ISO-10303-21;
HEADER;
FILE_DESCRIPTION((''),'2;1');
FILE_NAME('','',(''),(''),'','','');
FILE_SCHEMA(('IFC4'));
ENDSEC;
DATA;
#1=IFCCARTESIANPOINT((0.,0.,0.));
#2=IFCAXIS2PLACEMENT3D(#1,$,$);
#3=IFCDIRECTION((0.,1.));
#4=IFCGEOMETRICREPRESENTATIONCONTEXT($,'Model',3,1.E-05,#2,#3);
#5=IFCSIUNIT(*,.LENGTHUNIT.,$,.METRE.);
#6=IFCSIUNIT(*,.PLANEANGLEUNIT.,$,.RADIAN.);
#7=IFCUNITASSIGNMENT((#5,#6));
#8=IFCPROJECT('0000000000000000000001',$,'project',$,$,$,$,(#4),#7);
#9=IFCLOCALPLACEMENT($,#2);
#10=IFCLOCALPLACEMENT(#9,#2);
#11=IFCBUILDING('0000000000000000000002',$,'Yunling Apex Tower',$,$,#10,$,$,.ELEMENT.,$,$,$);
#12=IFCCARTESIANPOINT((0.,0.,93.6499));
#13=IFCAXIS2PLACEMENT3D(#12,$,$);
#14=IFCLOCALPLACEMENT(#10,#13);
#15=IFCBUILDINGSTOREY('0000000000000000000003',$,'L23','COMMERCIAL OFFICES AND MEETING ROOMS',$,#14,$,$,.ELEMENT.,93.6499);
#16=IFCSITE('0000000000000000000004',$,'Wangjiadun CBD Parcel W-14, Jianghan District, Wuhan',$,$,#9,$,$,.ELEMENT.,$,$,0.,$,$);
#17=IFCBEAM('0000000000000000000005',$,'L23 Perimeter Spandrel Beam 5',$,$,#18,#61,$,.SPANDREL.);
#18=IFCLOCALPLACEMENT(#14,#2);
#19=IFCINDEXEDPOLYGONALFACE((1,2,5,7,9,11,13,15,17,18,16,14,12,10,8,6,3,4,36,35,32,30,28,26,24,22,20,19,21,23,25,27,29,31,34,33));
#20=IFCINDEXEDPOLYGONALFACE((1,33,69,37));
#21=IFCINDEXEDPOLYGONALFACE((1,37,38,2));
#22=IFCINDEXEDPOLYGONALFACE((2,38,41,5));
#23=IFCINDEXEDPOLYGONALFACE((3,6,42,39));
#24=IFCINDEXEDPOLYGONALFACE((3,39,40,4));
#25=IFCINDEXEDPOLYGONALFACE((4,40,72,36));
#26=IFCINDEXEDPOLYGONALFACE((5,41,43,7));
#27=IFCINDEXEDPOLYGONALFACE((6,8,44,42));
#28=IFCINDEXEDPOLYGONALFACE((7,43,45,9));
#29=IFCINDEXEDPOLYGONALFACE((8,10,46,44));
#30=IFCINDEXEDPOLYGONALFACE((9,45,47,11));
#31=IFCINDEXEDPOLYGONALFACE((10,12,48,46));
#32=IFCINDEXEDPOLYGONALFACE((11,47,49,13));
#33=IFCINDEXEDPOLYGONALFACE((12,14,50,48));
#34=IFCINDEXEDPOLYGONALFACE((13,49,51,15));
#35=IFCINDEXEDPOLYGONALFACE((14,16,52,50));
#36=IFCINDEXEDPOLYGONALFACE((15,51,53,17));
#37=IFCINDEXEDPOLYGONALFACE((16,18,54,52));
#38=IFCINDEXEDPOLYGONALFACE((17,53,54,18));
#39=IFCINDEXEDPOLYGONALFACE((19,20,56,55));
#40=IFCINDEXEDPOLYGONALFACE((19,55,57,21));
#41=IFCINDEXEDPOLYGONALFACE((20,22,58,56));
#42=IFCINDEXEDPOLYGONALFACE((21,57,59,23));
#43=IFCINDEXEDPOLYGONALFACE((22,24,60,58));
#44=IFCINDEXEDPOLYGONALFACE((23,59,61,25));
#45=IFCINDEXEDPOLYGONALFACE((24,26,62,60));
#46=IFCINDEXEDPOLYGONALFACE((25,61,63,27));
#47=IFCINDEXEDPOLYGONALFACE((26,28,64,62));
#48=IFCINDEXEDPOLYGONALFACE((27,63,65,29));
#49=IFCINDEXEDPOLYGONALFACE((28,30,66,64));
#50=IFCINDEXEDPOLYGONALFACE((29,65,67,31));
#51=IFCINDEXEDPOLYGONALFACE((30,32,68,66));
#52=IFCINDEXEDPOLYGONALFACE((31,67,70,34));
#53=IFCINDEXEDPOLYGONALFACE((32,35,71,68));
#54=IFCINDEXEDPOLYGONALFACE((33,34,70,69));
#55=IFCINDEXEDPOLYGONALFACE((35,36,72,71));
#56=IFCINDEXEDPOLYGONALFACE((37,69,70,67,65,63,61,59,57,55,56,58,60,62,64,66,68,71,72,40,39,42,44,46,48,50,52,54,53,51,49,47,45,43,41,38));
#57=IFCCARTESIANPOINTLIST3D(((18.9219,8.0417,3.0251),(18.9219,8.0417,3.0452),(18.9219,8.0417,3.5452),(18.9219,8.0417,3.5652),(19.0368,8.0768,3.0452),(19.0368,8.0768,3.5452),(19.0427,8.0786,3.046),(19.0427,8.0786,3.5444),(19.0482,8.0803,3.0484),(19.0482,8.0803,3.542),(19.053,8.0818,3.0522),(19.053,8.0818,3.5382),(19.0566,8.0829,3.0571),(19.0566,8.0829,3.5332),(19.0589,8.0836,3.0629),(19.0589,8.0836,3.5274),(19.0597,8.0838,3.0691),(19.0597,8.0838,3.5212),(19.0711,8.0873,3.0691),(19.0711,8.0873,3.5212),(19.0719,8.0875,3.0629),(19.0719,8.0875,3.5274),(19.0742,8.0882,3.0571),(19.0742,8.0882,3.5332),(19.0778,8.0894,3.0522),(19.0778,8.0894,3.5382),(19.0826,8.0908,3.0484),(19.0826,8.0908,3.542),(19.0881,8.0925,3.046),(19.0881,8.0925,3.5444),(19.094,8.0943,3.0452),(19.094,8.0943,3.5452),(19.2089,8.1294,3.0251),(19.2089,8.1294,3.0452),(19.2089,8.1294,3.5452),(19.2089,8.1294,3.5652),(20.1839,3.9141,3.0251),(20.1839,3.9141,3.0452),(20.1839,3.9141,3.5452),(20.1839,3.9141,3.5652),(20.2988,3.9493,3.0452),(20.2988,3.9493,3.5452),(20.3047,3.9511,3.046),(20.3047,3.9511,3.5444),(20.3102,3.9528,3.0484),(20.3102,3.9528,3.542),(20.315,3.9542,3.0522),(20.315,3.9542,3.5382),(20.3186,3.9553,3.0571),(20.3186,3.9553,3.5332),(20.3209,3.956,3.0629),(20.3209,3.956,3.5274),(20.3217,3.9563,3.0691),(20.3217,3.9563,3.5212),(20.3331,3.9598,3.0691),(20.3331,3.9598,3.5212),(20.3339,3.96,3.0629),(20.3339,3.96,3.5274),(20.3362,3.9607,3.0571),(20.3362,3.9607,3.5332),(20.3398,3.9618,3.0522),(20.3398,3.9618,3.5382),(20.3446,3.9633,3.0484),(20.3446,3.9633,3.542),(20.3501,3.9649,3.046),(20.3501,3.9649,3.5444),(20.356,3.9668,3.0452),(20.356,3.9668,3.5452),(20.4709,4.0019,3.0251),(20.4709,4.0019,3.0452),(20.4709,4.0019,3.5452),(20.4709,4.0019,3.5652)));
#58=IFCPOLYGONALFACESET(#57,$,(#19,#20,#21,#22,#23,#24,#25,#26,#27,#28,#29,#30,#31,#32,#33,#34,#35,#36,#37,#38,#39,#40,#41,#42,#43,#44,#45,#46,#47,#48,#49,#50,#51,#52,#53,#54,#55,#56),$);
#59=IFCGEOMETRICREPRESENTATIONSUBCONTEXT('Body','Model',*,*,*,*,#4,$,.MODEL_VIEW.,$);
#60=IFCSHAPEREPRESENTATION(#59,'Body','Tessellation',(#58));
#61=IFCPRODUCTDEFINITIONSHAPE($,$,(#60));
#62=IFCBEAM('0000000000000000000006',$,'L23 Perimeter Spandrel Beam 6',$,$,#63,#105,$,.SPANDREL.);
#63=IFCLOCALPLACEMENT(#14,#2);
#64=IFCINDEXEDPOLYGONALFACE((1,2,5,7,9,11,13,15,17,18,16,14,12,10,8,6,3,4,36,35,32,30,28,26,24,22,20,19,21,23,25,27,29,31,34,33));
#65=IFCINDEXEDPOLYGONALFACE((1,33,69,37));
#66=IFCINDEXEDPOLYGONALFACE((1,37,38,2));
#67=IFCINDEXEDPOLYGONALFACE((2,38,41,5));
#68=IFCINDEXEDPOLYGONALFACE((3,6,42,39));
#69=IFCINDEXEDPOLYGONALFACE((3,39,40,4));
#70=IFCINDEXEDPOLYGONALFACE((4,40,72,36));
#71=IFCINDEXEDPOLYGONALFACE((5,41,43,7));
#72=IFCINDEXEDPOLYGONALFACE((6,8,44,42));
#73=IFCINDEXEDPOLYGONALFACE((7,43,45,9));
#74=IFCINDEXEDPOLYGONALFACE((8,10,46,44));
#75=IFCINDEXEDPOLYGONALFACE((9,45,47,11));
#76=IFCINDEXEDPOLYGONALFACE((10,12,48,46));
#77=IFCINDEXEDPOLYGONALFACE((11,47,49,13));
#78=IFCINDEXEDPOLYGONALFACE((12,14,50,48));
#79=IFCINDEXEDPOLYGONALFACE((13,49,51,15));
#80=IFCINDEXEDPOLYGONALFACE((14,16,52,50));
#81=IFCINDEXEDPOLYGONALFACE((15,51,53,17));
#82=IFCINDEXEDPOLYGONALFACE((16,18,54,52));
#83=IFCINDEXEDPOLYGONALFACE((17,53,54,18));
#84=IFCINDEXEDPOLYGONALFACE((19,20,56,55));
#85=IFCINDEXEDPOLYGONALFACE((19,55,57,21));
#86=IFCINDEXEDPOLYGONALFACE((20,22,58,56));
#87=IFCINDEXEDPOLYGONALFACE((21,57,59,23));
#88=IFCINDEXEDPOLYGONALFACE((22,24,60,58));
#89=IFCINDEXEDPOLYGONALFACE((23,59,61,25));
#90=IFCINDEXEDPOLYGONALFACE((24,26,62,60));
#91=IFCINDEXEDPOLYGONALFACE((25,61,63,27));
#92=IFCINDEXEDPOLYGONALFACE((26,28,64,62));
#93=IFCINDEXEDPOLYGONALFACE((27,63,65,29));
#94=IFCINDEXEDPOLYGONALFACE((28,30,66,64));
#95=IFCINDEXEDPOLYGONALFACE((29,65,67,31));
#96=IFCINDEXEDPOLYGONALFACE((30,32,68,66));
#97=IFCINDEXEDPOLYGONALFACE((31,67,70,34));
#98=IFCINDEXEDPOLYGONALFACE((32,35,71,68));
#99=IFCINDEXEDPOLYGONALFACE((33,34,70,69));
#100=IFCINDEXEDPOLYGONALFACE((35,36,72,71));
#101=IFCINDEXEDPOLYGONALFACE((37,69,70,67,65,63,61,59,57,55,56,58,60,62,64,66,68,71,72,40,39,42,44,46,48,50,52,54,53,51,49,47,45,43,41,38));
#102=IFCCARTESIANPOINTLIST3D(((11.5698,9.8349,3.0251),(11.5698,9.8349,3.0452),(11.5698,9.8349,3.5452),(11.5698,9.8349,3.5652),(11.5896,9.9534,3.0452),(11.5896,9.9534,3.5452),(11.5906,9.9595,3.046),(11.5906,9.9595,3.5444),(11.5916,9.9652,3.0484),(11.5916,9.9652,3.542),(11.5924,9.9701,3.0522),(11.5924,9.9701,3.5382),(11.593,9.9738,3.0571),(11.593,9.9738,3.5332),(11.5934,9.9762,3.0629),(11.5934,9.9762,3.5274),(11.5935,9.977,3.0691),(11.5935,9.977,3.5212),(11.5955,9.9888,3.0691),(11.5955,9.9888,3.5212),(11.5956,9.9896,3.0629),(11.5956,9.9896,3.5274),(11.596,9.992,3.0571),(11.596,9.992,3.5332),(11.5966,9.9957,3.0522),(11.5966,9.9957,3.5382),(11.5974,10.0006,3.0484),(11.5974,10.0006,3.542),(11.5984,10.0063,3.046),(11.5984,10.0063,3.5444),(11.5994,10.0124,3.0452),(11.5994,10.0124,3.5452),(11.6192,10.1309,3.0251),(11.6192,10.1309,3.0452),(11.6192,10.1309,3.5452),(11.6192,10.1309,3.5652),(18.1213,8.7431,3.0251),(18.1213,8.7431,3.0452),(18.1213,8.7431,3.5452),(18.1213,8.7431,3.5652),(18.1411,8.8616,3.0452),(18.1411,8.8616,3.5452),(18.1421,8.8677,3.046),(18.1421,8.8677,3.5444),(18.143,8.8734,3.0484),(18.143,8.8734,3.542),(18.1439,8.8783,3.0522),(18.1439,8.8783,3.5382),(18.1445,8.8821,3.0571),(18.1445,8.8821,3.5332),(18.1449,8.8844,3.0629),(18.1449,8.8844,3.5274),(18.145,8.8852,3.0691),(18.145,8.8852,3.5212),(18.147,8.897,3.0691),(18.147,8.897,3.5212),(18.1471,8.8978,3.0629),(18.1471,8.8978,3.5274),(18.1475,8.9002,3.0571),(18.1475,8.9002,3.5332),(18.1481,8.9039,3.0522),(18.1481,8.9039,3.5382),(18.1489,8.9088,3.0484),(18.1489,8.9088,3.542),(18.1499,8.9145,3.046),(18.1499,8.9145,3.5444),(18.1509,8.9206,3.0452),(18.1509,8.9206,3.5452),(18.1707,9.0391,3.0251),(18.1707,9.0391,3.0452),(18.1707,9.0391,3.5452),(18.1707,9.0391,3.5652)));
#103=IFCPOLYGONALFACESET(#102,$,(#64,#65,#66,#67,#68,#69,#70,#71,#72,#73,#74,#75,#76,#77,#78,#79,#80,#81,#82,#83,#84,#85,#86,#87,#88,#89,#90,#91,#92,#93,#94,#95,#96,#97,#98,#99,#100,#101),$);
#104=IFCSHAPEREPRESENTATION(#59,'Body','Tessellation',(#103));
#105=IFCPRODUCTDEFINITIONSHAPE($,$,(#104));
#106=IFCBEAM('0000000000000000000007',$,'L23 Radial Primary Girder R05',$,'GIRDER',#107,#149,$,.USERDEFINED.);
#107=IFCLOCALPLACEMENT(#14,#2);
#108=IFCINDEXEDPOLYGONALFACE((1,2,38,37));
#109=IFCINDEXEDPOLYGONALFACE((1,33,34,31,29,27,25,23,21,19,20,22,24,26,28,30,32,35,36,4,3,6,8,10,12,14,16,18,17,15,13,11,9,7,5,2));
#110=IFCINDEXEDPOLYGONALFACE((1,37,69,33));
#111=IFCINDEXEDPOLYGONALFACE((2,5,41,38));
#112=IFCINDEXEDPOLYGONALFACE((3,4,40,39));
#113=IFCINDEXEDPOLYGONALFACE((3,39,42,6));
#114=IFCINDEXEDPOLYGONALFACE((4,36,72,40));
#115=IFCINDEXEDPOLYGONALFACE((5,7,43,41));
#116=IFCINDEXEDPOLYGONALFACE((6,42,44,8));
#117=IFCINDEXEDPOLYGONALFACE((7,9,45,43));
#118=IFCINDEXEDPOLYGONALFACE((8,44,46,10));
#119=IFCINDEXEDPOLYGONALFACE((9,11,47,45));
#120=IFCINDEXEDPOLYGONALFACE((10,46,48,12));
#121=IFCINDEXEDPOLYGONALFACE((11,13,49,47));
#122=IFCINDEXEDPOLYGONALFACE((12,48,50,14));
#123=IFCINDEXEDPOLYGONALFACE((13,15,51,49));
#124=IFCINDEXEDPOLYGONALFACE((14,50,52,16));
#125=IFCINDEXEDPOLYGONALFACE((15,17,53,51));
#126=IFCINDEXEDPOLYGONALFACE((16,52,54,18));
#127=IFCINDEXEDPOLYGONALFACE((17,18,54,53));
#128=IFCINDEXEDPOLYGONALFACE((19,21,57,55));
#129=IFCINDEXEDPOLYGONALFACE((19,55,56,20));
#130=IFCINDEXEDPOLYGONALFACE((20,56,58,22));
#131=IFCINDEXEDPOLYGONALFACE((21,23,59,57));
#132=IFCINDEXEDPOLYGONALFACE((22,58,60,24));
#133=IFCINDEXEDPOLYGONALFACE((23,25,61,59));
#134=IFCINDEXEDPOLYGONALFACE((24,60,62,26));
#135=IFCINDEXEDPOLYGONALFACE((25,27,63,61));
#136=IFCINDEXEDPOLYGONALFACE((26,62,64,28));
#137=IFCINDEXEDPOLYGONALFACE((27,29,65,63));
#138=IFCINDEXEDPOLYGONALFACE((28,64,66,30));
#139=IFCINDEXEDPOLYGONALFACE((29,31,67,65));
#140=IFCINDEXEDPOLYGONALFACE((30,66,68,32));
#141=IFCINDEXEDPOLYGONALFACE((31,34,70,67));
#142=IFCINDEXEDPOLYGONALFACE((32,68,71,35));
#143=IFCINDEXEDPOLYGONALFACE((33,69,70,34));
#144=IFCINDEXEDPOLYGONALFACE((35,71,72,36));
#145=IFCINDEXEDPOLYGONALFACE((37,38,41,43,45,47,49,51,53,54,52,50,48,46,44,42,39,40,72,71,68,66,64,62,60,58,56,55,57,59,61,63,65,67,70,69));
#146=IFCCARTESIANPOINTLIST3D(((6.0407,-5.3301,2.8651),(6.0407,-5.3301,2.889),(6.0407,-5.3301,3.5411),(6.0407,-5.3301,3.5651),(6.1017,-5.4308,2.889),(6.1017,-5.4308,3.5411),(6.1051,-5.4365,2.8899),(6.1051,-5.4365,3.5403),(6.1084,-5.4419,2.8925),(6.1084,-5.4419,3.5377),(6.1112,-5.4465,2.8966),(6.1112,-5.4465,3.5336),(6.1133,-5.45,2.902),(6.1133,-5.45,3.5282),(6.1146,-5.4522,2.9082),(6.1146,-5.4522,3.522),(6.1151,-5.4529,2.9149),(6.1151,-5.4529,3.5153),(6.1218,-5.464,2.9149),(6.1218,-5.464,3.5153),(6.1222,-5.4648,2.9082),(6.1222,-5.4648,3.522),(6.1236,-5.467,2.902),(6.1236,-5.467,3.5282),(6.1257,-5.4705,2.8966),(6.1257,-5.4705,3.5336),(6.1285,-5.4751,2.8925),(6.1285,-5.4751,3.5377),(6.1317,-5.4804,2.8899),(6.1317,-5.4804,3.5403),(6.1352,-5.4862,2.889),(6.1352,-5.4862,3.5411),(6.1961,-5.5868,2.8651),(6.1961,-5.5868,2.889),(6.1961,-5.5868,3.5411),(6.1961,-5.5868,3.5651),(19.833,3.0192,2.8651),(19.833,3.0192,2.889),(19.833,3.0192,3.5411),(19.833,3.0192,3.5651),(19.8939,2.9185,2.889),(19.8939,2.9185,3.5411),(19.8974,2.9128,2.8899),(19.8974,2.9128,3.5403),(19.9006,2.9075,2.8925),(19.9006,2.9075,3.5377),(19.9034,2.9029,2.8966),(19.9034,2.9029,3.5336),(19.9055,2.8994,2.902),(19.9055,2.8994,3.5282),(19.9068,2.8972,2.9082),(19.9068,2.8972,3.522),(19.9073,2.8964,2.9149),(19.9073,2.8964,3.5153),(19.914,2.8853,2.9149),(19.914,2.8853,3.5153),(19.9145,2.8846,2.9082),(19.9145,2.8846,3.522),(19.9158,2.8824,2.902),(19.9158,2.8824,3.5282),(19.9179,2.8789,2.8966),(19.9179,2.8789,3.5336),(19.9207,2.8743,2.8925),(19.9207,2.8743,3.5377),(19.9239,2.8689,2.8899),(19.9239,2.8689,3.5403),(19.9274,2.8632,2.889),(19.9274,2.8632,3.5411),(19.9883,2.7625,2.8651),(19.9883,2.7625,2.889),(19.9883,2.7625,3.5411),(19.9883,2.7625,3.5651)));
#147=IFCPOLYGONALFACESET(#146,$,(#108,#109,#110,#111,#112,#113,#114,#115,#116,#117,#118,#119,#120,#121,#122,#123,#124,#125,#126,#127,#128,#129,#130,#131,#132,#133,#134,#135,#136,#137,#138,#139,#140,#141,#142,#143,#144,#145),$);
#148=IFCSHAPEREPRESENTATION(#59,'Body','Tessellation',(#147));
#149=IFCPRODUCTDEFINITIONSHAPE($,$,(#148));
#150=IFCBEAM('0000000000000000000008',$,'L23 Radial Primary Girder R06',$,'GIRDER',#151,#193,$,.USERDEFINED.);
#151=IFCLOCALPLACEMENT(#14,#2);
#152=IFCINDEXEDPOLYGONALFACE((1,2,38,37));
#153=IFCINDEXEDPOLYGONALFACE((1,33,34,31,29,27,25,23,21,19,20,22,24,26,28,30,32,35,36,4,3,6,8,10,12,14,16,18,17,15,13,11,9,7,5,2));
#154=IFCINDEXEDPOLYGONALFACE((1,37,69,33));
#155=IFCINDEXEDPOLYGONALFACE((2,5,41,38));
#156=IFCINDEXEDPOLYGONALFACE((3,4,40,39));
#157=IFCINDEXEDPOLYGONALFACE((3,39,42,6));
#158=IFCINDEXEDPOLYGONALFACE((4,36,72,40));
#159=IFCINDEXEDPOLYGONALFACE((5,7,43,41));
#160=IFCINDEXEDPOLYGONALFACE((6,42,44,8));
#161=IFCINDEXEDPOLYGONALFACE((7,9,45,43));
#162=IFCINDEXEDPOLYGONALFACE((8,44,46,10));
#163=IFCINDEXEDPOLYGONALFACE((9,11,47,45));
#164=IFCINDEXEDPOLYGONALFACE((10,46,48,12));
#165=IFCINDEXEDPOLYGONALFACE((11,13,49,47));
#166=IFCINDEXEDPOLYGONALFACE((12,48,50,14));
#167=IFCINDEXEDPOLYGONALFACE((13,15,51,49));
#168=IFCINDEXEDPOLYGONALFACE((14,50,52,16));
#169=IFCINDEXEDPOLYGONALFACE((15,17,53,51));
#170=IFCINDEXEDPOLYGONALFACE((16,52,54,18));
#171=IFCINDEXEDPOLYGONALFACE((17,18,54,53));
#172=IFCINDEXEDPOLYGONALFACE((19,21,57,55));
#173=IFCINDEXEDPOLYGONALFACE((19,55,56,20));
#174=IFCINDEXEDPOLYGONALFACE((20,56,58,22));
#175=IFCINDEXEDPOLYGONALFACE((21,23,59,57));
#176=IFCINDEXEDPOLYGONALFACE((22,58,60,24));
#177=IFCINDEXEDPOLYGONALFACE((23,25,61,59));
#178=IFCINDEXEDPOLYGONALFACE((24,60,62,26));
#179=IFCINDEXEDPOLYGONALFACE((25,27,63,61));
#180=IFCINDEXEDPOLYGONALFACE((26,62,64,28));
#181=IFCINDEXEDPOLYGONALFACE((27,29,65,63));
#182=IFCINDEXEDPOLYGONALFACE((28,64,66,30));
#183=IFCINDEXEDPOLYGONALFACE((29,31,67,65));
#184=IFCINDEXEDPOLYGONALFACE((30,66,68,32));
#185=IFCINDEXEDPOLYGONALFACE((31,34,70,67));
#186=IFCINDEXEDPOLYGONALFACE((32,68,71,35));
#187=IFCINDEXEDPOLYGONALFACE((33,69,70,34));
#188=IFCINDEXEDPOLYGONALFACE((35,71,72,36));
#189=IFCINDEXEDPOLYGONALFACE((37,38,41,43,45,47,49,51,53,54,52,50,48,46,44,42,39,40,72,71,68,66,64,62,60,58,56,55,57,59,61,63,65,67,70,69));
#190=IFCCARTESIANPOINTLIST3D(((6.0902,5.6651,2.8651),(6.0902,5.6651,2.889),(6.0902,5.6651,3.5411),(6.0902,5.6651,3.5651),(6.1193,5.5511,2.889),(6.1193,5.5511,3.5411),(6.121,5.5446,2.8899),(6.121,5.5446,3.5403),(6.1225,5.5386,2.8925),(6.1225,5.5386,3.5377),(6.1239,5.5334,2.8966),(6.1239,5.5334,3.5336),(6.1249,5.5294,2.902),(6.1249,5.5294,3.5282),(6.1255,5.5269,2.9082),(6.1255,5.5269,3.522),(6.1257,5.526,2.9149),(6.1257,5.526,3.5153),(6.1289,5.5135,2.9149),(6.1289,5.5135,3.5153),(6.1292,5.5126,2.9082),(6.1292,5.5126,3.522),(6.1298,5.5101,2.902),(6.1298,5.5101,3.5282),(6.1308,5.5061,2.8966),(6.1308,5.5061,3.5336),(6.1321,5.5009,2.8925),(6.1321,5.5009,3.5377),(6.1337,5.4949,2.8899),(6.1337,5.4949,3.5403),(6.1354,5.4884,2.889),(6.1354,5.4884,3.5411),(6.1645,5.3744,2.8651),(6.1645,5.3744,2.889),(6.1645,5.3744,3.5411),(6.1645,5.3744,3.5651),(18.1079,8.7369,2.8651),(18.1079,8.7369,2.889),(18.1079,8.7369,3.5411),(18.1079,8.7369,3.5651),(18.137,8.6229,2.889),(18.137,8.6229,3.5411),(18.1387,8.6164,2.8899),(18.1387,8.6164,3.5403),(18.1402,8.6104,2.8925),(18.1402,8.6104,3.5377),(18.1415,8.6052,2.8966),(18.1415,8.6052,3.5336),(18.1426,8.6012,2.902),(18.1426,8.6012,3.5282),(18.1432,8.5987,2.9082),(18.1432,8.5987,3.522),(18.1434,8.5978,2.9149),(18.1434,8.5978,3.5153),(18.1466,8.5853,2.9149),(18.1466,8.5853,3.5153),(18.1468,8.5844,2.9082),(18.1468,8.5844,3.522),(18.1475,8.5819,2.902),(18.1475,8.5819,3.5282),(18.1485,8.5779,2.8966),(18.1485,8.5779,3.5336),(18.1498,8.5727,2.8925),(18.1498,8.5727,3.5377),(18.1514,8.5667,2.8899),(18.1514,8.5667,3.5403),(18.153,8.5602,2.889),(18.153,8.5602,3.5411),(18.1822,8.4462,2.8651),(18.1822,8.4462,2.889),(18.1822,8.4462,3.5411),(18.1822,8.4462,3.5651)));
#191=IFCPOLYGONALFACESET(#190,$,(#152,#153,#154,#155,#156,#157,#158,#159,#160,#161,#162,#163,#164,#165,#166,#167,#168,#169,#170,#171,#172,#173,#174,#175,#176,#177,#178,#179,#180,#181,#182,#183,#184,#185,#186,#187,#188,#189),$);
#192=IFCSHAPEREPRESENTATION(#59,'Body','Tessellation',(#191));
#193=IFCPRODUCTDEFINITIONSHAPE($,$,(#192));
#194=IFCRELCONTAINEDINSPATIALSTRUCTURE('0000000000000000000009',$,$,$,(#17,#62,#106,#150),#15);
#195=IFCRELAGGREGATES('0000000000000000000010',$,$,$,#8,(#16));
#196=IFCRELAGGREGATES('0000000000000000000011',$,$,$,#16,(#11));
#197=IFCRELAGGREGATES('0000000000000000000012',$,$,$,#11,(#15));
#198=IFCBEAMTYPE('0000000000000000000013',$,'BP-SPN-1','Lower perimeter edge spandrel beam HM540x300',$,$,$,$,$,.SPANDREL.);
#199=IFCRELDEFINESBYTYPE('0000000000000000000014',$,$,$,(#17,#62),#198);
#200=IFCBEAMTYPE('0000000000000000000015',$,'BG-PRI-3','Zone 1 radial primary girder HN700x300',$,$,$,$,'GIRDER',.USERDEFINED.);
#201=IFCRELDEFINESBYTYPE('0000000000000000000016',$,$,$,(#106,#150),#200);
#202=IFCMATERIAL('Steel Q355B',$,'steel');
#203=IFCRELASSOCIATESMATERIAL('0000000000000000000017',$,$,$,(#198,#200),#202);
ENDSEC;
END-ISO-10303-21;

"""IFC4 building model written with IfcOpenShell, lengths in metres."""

from ifc_helpers import new_model, si_unit, direction, frame, origin, origin_2d, place, context, subcontext, project, spatial, i_section, extrude, source, transform, mapped, material, material_profile, profile_set, type_object, element, save


model = new_model("IFC4")

# Units and contexts
model_context = context("Model", 3, precision=1e-05, world=origin(), true_north=direction((0.0, 1.0)))
body_context = subcontext(model_context, "Body", "Model", "MODEL_VIEW")
ifc_project = project(units=[si_unit("LENGTHUNIT", "METRE"), si_unit("PLANEANGLEUNIT", "RADIAN")], contexts=[model_context])

# Site, building, storey
site_placement = place(None, origin())
site = spatial("IfcSite", under=ifc_project, at=site_placement, Name="Wangjiadun CBD Parcel W-14, Jianghan District, Wuhan", CompositionType="ELEMENT", RefElevation=0.0)
building_placement = place(site_placement, origin())
building = spatial("IfcBuilding", under=site, at=building_placement, Name="Yunling Apex Tower", CompositionType="ELEMENT")
storey_placement = place(building_placement, frame((0.0, 0.0, 93.6499)))
storey = spatial("IfcBuildingStorey", under=building, at=storey_placement, Name="L23", Description="COMMERCIAL OFFICES AND MEETING ROOMS", CompositionType="ELEMENT", Elevation=93.6499)

# Beams
ifc_material_1 = material(Name="Steel Q355B", Category="steel")
ifc_material_profile_1 = material_profile(ifc_material_1, i_section(OverallWidth=0.3, OverallDepth=0.54, WebThickness=0.012, FlangeThickness=0.02, FilletRadius=0.0239, at=origin_2d()))
ifc_profile_set_1 = profile_set([ifc_material_profile_1], Name="Steel Q355B")
beam_type_1 = type_object("IfcBeamType", Name="BP-SPN-1", Description="Lower perimeter edge spandrel beam HM540x300", PredefinedType="SPANDREL", material=ifc_profile_set_1)
shared_shape_1 = source(origin(), body_context, "Body", "SweptSolid", [
    extrude(i_section(OverallWidth=0.3, OverallDepth=0.54, WebThickness=0.012, FlangeThickness=0.02, FilletRadius=0.0239, at=origin_2d()), origin(), (0.0, 0.0, 1.0), 4.3162),
])
beam_1_placement = place(storey_placement, frame((20.3274, 3.958, 3.2952), z_axis=(-0.292388, 0.9563, 0.0), x_axis=(-0.9563, -0.292388, 0.0)))
element("IfcBeam", 1, at=beam_1_placement, inside=storey, type_object=beam_type_1, Name="L23 Perimeter Spandrel Beam 5", PredefinedType="SPANDREL", context=body_context, shape_type="MappedRepresentation", body=[
    mapped(shared_shape_1, transform((0.0, 0.0, 0.0), scale=1.0)),
])
shared_shape_2 = source(origin(), body_context, "Body", "SweptSolid", [
    extrude(i_section(OverallWidth=0.3, OverallDepth=0.54, WebThickness=0.012, FlangeThickness=0.02, FilletRadius=0.0239, at=origin_2d()), origin(), (0.0, 0.0, 1.0), 6.6418),
])
beam_2_placement = place(storey_placement, frame((18.146, 8.8911, 3.2952), z_axis=(-0.986397, 0.164381, 0.0), x_axis=(-0.164381, -0.986397, 0.0)))
element("IfcBeam", 2, at=beam_2_placement, inside=storey, type_object=beam_type_1, Name="L23 Perimeter Spandrel Beam 6", PredefinedType="SPANDREL", context=body_context, shape_type="MappedRepresentation", body=[
    mapped(shared_shape_2, transform((0.0, 0.0, 0.0), scale=1.0)),
])
ifc_material_profile_2 = material_profile(ifc_material_1, i_section(OverallWidth=0.3, OverallDepth=0.7, WebThickness=0.0129, FlangeThickness=0.0239, FilletRadius=0.0259, at=origin_2d()))
ifc_profile_set_2 = profile_set([ifc_material_profile_2], Name="Steel Q355B")
beam_type_2 = type_object("IfcBeamType", Name="BG-PRI-3", Description="Zone 1 radial primary girder HN700x300", ElementType="GIRDER", PredefinedType="USERDEFINED", material=ifc_profile_set_2)
shared_shape_3 = source(origin(), body_context, "Body", "SweptSolid", [
    extrude(i_section(OverallWidth=0.3, OverallDepth=0.7, WebThickness=0.0129, FlangeThickness=0.0239, FilletRadius=0.0259, at=origin_2d()), origin(), (0.0, 0.0, 1.0), 16.1226),
])
beam_3_placement = place(storey_placement, frame((19.9106, 2.8909, 3.2151), z_axis=(-0.855461, -0.517868, 0.0), x_axis=(0.517868, -0.855461, 0.0)))
element("IfcBeam", 3, at=beam_3_placement, inside=storey, type_object=beam_type_2, Name="L23 Radial Primary Girder R05", ObjectType="GIRDER", PredefinedType="USERDEFINED", context=body_context, shape_type="MappedRepresentation", body=[
    mapped(shared_shape_3, transform((0.0, 0.0, 0.0), scale=1.0)),
])
shared_shape_4 = source(origin(), body_context, "Body", "SweptSolid", [
    extrude(i_section(OverallWidth=0.3, OverallDepth=0.7, WebThickness=0.0129, FlangeThickness=0.0239, FilletRadius=0.0259, at=origin_2d()), origin(), (0.0, 0.0, 1.0), 12.4041),
])
beam_4_placement = place(storey_placement, frame((18.145, 8.5916, 3.2151), z_axis=(-0.968851, -0.247645, 0.0), x_axis=(0.247645, -0.968851, 0.0)))
element("IfcBeam", 4, at=beam_4_placement, inside=storey, type_object=beam_type_2, Name="L23 Radial Primary Girder R06", ObjectType="GIRDER", PredefinedType="USERDEFINED", context=body_context, shape_type="MappedRepresentation", body=[
    mapped(shared_shape_4, transform((0.0, 0.0, 0.0), scale=1.0)),
])

save(model, "model.ifc")
